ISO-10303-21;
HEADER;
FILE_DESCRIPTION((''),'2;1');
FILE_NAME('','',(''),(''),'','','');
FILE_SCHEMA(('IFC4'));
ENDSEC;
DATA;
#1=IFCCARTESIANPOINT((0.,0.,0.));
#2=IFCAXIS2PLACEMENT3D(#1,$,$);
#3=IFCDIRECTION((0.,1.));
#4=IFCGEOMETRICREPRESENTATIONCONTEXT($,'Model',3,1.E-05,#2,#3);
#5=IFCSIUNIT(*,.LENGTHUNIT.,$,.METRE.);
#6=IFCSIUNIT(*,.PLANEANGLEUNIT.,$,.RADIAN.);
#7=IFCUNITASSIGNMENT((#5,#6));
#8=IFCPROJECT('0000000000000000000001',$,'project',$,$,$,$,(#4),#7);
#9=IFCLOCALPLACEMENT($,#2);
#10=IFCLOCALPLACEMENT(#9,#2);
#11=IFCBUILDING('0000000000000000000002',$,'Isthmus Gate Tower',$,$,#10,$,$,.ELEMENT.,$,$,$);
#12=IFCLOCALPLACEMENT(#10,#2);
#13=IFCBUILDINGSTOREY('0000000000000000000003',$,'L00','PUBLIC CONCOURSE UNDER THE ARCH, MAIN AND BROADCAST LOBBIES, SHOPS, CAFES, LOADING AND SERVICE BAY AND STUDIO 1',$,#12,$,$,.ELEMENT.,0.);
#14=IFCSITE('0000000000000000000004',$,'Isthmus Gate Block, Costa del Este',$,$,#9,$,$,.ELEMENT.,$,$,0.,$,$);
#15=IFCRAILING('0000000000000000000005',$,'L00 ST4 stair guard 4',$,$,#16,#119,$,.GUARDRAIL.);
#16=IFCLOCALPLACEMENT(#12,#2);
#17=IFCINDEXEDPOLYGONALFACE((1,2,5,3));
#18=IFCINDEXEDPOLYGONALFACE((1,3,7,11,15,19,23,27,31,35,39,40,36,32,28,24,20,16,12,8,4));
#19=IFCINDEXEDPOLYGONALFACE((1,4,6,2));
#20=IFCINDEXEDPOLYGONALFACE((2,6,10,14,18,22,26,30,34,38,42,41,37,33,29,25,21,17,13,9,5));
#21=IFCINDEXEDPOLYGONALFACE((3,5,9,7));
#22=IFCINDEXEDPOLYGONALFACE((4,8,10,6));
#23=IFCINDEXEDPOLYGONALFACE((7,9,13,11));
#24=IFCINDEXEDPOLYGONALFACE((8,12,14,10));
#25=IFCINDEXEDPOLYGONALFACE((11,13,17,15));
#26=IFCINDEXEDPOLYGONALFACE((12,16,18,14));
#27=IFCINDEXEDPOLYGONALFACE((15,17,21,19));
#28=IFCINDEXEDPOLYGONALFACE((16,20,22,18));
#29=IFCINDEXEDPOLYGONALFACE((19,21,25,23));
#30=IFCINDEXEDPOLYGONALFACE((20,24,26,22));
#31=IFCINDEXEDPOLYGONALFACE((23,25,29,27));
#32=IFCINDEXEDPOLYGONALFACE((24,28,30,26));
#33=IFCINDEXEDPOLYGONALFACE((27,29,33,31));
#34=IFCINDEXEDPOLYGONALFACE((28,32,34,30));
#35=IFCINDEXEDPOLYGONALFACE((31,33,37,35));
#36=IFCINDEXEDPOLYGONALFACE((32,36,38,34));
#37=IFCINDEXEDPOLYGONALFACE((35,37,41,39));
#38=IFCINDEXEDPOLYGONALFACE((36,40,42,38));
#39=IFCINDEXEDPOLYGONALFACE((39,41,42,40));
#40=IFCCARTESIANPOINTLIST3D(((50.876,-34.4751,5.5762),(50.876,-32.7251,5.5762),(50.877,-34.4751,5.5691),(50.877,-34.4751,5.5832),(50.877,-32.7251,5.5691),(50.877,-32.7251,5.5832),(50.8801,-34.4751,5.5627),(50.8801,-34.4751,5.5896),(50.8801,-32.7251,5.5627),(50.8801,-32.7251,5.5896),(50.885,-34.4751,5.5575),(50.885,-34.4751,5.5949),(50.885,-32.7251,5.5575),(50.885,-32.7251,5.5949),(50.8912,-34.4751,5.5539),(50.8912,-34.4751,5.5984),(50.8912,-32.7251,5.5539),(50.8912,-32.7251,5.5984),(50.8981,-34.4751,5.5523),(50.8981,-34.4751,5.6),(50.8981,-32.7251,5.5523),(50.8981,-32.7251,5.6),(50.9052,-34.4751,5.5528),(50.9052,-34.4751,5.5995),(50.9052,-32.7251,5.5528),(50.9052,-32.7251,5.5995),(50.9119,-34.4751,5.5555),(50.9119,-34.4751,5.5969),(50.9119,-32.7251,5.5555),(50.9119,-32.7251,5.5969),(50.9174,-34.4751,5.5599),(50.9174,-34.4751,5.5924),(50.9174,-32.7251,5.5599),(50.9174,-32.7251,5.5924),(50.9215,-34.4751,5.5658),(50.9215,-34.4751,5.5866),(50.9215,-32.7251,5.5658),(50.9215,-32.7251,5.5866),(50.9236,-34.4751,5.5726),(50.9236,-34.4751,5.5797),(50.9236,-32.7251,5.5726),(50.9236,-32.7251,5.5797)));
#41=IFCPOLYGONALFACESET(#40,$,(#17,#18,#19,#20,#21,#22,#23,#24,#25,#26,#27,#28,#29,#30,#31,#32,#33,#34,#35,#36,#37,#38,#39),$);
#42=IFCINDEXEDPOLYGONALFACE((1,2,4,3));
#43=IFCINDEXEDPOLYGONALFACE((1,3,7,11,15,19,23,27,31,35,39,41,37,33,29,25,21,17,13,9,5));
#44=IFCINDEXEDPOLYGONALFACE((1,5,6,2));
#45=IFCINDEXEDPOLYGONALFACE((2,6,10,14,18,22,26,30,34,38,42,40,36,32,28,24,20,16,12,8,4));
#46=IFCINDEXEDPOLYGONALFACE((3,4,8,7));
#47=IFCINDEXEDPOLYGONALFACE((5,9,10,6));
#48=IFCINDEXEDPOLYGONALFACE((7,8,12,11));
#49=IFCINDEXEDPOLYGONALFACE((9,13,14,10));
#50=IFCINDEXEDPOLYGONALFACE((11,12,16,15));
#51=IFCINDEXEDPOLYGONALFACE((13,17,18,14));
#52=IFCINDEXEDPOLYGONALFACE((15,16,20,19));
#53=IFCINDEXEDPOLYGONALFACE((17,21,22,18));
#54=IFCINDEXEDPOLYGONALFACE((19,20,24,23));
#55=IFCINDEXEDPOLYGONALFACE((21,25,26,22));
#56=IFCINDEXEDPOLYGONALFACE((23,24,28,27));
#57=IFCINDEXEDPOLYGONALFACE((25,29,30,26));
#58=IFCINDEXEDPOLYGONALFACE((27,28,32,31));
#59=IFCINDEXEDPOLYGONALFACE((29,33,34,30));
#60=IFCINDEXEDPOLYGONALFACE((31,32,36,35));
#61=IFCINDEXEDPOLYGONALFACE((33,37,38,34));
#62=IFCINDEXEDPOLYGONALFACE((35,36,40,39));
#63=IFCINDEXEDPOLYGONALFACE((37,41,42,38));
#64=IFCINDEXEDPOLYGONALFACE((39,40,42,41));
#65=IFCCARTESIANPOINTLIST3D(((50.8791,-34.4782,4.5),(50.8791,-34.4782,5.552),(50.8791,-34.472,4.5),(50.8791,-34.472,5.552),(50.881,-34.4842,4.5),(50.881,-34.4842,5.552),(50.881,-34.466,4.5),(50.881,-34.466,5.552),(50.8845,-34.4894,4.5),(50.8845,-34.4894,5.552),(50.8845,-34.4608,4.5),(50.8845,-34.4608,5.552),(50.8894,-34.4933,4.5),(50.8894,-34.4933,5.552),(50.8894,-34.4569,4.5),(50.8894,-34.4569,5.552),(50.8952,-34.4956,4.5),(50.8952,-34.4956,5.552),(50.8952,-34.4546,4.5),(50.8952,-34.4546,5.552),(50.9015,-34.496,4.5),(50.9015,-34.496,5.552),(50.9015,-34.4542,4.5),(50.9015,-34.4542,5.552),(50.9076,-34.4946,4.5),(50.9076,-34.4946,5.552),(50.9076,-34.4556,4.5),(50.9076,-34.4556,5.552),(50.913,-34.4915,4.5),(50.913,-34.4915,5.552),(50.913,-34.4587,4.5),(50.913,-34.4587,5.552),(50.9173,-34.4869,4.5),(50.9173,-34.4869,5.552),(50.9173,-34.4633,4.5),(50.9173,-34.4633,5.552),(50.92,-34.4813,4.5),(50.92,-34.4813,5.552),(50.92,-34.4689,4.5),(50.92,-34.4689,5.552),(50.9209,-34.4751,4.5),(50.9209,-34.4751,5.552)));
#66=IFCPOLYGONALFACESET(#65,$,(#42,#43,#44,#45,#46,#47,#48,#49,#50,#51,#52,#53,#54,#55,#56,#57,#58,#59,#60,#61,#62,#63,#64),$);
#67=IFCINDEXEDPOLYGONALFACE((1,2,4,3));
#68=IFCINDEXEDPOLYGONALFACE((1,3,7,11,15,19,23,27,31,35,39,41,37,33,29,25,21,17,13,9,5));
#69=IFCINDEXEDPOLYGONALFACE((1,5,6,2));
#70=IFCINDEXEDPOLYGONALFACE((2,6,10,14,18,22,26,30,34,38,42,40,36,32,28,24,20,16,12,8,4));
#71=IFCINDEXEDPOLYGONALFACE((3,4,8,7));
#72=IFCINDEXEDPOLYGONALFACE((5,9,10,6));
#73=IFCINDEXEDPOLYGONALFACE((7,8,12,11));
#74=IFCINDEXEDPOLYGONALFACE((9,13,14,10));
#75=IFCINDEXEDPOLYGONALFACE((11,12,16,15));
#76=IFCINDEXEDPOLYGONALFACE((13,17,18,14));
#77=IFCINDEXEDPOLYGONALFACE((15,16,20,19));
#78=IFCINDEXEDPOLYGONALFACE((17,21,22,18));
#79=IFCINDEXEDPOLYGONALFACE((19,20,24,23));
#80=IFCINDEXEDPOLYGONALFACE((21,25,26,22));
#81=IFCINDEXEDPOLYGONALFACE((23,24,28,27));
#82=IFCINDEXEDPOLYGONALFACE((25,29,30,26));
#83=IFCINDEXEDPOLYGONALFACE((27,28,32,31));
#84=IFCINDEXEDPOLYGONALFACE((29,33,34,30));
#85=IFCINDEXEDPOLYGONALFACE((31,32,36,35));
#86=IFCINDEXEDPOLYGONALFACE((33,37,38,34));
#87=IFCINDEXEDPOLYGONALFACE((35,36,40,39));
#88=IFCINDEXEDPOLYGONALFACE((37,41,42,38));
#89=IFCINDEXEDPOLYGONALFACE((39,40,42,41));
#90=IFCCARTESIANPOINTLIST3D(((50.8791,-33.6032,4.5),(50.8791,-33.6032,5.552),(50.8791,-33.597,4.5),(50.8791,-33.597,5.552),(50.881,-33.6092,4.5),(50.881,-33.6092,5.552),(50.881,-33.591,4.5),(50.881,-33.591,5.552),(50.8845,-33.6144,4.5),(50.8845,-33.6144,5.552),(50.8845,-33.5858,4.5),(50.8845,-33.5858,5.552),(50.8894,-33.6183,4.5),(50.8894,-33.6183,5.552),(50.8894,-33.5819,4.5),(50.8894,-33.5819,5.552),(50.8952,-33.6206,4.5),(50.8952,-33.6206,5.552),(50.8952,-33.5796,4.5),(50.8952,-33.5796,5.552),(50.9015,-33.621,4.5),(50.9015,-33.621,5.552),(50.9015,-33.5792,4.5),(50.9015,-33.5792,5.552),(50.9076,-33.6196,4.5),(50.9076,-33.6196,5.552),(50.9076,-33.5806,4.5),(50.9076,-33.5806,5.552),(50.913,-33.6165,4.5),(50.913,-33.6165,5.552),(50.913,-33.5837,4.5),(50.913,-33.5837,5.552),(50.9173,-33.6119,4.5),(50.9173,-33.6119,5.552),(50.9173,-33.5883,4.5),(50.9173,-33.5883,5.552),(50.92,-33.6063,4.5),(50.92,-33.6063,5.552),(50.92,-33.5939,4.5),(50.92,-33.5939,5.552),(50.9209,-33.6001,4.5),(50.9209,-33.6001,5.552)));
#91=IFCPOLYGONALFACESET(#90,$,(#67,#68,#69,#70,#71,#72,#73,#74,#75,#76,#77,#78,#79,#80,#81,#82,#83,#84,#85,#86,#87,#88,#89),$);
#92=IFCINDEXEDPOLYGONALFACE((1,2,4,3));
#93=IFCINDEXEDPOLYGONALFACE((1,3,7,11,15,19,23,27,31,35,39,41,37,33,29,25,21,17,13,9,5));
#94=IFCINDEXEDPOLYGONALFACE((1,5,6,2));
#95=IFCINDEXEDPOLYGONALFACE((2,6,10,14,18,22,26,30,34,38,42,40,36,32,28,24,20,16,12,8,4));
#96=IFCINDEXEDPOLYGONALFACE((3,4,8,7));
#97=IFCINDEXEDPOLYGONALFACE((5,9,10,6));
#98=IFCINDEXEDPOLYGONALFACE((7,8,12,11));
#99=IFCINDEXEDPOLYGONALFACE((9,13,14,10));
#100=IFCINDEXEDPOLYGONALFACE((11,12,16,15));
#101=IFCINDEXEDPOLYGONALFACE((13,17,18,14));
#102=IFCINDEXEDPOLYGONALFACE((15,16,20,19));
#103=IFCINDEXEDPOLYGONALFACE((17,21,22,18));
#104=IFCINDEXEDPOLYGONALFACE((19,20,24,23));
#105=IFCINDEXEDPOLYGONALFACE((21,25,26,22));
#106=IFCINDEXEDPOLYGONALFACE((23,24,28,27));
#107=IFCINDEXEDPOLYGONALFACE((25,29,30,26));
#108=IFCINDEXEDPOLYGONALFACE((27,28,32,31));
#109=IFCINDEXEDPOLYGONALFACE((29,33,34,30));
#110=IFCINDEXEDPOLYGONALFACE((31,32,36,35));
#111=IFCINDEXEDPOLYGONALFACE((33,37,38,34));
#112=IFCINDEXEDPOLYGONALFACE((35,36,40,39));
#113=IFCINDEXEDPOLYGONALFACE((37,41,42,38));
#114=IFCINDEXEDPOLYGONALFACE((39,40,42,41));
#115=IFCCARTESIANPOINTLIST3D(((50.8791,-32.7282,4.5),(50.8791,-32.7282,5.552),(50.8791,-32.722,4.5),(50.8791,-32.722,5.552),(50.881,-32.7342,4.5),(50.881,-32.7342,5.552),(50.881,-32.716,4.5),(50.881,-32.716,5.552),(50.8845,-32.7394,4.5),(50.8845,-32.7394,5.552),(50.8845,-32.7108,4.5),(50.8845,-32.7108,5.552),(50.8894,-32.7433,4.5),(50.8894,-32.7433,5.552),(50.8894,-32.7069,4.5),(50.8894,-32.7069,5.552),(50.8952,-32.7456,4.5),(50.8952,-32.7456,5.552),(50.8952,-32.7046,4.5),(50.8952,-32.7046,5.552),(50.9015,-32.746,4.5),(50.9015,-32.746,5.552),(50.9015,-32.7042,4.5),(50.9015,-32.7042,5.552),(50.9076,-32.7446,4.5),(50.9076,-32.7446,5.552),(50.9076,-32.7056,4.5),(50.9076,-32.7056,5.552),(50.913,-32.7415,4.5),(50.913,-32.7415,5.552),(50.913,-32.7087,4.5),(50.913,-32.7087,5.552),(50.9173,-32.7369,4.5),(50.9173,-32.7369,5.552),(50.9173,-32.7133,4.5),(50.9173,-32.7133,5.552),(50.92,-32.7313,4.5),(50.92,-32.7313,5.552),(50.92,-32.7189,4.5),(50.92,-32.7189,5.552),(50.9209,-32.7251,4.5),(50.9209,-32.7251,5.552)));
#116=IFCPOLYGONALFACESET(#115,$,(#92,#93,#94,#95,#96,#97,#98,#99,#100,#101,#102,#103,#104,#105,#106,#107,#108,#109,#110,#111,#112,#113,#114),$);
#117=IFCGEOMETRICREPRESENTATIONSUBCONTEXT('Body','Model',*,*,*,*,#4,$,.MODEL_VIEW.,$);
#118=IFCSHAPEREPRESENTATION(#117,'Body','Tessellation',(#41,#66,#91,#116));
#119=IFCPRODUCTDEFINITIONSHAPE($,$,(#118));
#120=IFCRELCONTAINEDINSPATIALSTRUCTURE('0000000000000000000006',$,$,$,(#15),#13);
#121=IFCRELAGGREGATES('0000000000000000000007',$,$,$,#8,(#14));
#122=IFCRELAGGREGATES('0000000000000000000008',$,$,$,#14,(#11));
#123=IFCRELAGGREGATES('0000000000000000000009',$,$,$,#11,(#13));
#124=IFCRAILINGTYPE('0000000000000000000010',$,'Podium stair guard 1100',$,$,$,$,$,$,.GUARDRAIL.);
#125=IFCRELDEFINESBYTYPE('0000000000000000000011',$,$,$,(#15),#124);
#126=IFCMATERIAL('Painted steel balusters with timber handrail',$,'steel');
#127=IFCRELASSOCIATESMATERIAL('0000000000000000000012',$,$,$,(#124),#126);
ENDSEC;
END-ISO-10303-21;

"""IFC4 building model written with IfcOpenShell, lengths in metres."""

from ifc_helpers import new_model, si_unit, direction, frame, origin, origin_2d, place, context, subcontext, project, spatial, circle, extrude, material, type_object, element, save


model = new_model("IFC4")

# Units and contexts
model_context = context("Model", 3, precision=1e-05, world=origin(), true_north=direction((0.0, 1.0)))
body_context = subcontext(model_context, "Body", "Model", "MODEL_VIEW")
ifc_project = project(units=[si_unit("LENGTHUNIT", "METRE"), si_unit("PLANEANGLEUNIT", "RADIAN")], contexts=[model_context])

# Site, building, storey
site_placement = place(None, origin())
site = spatial("IfcSite", under=ifc_project, at=site_placement, Name="Isthmus Gate Block, Costa del Este", CompositionType="ELEMENT", RefElevation=0.0)
building_placement = place(site_placement, origin())
building = spatial("IfcBuilding", under=site, at=building_placement, Name="Isthmus Gate Tower", CompositionType="ELEMENT")
storey_placement = place(building_placement, origin())
storey = spatial("IfcBuildingStorey", under=building, at=storey_placement, Name="L00", Description="PUBLIC CONCOURSE UNDER THE ARCH, MAIN AND BROADCAST LOBBIES, SHOPS, CAFES, LOADING AND SERVICE BAY AND STUDIO 1", CompositionType="ELEMENT", Elevation=0.0)

# Railing
ifc_material_1 = material(Name="Painted steel balusters with timber handrail", Category="steel")
railing_type_1 = type_object("IfcRailingType", Name="Podium stair guard 1100", PredefinedType="GUARDRAIL", material=ifc_material_1)
railing_1_placement = place(storey_placement, frame((50.8999, -34.4751, 4.5)))
element("IfcRailing", 1, at=railing_1_placement, inside=storey, type_object=railing_type_1, Name="L00 ST4 stair guard 4", PredefinedType="GUARDRAIL", context=body_context, shape_type="SweptSolid", body=[
    extrude(circle(Radius=0.0239, at=origin_2d()), frame((0.0, 0.0, 1.0762), z_axis=(0.0, 1.0, 0.0), x_axis=(-1.0, 0.0, 0.0)), (0.0, 0.0, 1.0), 1.75),
    extrude(circle(Radius=0.021, at=origin_2d()), origin(), (0.0, 0.0, 1.0), 1.052),
    extrude(circle(Radius=0.021, at=origin_2d()), frame((0.0, 0.875, 0.0)), (0.0, 0.0, 1.0), 1.052),
    extrude(circle(Radius=0.021, at=origin_2d()), frame((0.0, 1.75, 0.0)), (0.0, 0.0, 1.0), 1.052),
])

save(model, "model.ifc")
